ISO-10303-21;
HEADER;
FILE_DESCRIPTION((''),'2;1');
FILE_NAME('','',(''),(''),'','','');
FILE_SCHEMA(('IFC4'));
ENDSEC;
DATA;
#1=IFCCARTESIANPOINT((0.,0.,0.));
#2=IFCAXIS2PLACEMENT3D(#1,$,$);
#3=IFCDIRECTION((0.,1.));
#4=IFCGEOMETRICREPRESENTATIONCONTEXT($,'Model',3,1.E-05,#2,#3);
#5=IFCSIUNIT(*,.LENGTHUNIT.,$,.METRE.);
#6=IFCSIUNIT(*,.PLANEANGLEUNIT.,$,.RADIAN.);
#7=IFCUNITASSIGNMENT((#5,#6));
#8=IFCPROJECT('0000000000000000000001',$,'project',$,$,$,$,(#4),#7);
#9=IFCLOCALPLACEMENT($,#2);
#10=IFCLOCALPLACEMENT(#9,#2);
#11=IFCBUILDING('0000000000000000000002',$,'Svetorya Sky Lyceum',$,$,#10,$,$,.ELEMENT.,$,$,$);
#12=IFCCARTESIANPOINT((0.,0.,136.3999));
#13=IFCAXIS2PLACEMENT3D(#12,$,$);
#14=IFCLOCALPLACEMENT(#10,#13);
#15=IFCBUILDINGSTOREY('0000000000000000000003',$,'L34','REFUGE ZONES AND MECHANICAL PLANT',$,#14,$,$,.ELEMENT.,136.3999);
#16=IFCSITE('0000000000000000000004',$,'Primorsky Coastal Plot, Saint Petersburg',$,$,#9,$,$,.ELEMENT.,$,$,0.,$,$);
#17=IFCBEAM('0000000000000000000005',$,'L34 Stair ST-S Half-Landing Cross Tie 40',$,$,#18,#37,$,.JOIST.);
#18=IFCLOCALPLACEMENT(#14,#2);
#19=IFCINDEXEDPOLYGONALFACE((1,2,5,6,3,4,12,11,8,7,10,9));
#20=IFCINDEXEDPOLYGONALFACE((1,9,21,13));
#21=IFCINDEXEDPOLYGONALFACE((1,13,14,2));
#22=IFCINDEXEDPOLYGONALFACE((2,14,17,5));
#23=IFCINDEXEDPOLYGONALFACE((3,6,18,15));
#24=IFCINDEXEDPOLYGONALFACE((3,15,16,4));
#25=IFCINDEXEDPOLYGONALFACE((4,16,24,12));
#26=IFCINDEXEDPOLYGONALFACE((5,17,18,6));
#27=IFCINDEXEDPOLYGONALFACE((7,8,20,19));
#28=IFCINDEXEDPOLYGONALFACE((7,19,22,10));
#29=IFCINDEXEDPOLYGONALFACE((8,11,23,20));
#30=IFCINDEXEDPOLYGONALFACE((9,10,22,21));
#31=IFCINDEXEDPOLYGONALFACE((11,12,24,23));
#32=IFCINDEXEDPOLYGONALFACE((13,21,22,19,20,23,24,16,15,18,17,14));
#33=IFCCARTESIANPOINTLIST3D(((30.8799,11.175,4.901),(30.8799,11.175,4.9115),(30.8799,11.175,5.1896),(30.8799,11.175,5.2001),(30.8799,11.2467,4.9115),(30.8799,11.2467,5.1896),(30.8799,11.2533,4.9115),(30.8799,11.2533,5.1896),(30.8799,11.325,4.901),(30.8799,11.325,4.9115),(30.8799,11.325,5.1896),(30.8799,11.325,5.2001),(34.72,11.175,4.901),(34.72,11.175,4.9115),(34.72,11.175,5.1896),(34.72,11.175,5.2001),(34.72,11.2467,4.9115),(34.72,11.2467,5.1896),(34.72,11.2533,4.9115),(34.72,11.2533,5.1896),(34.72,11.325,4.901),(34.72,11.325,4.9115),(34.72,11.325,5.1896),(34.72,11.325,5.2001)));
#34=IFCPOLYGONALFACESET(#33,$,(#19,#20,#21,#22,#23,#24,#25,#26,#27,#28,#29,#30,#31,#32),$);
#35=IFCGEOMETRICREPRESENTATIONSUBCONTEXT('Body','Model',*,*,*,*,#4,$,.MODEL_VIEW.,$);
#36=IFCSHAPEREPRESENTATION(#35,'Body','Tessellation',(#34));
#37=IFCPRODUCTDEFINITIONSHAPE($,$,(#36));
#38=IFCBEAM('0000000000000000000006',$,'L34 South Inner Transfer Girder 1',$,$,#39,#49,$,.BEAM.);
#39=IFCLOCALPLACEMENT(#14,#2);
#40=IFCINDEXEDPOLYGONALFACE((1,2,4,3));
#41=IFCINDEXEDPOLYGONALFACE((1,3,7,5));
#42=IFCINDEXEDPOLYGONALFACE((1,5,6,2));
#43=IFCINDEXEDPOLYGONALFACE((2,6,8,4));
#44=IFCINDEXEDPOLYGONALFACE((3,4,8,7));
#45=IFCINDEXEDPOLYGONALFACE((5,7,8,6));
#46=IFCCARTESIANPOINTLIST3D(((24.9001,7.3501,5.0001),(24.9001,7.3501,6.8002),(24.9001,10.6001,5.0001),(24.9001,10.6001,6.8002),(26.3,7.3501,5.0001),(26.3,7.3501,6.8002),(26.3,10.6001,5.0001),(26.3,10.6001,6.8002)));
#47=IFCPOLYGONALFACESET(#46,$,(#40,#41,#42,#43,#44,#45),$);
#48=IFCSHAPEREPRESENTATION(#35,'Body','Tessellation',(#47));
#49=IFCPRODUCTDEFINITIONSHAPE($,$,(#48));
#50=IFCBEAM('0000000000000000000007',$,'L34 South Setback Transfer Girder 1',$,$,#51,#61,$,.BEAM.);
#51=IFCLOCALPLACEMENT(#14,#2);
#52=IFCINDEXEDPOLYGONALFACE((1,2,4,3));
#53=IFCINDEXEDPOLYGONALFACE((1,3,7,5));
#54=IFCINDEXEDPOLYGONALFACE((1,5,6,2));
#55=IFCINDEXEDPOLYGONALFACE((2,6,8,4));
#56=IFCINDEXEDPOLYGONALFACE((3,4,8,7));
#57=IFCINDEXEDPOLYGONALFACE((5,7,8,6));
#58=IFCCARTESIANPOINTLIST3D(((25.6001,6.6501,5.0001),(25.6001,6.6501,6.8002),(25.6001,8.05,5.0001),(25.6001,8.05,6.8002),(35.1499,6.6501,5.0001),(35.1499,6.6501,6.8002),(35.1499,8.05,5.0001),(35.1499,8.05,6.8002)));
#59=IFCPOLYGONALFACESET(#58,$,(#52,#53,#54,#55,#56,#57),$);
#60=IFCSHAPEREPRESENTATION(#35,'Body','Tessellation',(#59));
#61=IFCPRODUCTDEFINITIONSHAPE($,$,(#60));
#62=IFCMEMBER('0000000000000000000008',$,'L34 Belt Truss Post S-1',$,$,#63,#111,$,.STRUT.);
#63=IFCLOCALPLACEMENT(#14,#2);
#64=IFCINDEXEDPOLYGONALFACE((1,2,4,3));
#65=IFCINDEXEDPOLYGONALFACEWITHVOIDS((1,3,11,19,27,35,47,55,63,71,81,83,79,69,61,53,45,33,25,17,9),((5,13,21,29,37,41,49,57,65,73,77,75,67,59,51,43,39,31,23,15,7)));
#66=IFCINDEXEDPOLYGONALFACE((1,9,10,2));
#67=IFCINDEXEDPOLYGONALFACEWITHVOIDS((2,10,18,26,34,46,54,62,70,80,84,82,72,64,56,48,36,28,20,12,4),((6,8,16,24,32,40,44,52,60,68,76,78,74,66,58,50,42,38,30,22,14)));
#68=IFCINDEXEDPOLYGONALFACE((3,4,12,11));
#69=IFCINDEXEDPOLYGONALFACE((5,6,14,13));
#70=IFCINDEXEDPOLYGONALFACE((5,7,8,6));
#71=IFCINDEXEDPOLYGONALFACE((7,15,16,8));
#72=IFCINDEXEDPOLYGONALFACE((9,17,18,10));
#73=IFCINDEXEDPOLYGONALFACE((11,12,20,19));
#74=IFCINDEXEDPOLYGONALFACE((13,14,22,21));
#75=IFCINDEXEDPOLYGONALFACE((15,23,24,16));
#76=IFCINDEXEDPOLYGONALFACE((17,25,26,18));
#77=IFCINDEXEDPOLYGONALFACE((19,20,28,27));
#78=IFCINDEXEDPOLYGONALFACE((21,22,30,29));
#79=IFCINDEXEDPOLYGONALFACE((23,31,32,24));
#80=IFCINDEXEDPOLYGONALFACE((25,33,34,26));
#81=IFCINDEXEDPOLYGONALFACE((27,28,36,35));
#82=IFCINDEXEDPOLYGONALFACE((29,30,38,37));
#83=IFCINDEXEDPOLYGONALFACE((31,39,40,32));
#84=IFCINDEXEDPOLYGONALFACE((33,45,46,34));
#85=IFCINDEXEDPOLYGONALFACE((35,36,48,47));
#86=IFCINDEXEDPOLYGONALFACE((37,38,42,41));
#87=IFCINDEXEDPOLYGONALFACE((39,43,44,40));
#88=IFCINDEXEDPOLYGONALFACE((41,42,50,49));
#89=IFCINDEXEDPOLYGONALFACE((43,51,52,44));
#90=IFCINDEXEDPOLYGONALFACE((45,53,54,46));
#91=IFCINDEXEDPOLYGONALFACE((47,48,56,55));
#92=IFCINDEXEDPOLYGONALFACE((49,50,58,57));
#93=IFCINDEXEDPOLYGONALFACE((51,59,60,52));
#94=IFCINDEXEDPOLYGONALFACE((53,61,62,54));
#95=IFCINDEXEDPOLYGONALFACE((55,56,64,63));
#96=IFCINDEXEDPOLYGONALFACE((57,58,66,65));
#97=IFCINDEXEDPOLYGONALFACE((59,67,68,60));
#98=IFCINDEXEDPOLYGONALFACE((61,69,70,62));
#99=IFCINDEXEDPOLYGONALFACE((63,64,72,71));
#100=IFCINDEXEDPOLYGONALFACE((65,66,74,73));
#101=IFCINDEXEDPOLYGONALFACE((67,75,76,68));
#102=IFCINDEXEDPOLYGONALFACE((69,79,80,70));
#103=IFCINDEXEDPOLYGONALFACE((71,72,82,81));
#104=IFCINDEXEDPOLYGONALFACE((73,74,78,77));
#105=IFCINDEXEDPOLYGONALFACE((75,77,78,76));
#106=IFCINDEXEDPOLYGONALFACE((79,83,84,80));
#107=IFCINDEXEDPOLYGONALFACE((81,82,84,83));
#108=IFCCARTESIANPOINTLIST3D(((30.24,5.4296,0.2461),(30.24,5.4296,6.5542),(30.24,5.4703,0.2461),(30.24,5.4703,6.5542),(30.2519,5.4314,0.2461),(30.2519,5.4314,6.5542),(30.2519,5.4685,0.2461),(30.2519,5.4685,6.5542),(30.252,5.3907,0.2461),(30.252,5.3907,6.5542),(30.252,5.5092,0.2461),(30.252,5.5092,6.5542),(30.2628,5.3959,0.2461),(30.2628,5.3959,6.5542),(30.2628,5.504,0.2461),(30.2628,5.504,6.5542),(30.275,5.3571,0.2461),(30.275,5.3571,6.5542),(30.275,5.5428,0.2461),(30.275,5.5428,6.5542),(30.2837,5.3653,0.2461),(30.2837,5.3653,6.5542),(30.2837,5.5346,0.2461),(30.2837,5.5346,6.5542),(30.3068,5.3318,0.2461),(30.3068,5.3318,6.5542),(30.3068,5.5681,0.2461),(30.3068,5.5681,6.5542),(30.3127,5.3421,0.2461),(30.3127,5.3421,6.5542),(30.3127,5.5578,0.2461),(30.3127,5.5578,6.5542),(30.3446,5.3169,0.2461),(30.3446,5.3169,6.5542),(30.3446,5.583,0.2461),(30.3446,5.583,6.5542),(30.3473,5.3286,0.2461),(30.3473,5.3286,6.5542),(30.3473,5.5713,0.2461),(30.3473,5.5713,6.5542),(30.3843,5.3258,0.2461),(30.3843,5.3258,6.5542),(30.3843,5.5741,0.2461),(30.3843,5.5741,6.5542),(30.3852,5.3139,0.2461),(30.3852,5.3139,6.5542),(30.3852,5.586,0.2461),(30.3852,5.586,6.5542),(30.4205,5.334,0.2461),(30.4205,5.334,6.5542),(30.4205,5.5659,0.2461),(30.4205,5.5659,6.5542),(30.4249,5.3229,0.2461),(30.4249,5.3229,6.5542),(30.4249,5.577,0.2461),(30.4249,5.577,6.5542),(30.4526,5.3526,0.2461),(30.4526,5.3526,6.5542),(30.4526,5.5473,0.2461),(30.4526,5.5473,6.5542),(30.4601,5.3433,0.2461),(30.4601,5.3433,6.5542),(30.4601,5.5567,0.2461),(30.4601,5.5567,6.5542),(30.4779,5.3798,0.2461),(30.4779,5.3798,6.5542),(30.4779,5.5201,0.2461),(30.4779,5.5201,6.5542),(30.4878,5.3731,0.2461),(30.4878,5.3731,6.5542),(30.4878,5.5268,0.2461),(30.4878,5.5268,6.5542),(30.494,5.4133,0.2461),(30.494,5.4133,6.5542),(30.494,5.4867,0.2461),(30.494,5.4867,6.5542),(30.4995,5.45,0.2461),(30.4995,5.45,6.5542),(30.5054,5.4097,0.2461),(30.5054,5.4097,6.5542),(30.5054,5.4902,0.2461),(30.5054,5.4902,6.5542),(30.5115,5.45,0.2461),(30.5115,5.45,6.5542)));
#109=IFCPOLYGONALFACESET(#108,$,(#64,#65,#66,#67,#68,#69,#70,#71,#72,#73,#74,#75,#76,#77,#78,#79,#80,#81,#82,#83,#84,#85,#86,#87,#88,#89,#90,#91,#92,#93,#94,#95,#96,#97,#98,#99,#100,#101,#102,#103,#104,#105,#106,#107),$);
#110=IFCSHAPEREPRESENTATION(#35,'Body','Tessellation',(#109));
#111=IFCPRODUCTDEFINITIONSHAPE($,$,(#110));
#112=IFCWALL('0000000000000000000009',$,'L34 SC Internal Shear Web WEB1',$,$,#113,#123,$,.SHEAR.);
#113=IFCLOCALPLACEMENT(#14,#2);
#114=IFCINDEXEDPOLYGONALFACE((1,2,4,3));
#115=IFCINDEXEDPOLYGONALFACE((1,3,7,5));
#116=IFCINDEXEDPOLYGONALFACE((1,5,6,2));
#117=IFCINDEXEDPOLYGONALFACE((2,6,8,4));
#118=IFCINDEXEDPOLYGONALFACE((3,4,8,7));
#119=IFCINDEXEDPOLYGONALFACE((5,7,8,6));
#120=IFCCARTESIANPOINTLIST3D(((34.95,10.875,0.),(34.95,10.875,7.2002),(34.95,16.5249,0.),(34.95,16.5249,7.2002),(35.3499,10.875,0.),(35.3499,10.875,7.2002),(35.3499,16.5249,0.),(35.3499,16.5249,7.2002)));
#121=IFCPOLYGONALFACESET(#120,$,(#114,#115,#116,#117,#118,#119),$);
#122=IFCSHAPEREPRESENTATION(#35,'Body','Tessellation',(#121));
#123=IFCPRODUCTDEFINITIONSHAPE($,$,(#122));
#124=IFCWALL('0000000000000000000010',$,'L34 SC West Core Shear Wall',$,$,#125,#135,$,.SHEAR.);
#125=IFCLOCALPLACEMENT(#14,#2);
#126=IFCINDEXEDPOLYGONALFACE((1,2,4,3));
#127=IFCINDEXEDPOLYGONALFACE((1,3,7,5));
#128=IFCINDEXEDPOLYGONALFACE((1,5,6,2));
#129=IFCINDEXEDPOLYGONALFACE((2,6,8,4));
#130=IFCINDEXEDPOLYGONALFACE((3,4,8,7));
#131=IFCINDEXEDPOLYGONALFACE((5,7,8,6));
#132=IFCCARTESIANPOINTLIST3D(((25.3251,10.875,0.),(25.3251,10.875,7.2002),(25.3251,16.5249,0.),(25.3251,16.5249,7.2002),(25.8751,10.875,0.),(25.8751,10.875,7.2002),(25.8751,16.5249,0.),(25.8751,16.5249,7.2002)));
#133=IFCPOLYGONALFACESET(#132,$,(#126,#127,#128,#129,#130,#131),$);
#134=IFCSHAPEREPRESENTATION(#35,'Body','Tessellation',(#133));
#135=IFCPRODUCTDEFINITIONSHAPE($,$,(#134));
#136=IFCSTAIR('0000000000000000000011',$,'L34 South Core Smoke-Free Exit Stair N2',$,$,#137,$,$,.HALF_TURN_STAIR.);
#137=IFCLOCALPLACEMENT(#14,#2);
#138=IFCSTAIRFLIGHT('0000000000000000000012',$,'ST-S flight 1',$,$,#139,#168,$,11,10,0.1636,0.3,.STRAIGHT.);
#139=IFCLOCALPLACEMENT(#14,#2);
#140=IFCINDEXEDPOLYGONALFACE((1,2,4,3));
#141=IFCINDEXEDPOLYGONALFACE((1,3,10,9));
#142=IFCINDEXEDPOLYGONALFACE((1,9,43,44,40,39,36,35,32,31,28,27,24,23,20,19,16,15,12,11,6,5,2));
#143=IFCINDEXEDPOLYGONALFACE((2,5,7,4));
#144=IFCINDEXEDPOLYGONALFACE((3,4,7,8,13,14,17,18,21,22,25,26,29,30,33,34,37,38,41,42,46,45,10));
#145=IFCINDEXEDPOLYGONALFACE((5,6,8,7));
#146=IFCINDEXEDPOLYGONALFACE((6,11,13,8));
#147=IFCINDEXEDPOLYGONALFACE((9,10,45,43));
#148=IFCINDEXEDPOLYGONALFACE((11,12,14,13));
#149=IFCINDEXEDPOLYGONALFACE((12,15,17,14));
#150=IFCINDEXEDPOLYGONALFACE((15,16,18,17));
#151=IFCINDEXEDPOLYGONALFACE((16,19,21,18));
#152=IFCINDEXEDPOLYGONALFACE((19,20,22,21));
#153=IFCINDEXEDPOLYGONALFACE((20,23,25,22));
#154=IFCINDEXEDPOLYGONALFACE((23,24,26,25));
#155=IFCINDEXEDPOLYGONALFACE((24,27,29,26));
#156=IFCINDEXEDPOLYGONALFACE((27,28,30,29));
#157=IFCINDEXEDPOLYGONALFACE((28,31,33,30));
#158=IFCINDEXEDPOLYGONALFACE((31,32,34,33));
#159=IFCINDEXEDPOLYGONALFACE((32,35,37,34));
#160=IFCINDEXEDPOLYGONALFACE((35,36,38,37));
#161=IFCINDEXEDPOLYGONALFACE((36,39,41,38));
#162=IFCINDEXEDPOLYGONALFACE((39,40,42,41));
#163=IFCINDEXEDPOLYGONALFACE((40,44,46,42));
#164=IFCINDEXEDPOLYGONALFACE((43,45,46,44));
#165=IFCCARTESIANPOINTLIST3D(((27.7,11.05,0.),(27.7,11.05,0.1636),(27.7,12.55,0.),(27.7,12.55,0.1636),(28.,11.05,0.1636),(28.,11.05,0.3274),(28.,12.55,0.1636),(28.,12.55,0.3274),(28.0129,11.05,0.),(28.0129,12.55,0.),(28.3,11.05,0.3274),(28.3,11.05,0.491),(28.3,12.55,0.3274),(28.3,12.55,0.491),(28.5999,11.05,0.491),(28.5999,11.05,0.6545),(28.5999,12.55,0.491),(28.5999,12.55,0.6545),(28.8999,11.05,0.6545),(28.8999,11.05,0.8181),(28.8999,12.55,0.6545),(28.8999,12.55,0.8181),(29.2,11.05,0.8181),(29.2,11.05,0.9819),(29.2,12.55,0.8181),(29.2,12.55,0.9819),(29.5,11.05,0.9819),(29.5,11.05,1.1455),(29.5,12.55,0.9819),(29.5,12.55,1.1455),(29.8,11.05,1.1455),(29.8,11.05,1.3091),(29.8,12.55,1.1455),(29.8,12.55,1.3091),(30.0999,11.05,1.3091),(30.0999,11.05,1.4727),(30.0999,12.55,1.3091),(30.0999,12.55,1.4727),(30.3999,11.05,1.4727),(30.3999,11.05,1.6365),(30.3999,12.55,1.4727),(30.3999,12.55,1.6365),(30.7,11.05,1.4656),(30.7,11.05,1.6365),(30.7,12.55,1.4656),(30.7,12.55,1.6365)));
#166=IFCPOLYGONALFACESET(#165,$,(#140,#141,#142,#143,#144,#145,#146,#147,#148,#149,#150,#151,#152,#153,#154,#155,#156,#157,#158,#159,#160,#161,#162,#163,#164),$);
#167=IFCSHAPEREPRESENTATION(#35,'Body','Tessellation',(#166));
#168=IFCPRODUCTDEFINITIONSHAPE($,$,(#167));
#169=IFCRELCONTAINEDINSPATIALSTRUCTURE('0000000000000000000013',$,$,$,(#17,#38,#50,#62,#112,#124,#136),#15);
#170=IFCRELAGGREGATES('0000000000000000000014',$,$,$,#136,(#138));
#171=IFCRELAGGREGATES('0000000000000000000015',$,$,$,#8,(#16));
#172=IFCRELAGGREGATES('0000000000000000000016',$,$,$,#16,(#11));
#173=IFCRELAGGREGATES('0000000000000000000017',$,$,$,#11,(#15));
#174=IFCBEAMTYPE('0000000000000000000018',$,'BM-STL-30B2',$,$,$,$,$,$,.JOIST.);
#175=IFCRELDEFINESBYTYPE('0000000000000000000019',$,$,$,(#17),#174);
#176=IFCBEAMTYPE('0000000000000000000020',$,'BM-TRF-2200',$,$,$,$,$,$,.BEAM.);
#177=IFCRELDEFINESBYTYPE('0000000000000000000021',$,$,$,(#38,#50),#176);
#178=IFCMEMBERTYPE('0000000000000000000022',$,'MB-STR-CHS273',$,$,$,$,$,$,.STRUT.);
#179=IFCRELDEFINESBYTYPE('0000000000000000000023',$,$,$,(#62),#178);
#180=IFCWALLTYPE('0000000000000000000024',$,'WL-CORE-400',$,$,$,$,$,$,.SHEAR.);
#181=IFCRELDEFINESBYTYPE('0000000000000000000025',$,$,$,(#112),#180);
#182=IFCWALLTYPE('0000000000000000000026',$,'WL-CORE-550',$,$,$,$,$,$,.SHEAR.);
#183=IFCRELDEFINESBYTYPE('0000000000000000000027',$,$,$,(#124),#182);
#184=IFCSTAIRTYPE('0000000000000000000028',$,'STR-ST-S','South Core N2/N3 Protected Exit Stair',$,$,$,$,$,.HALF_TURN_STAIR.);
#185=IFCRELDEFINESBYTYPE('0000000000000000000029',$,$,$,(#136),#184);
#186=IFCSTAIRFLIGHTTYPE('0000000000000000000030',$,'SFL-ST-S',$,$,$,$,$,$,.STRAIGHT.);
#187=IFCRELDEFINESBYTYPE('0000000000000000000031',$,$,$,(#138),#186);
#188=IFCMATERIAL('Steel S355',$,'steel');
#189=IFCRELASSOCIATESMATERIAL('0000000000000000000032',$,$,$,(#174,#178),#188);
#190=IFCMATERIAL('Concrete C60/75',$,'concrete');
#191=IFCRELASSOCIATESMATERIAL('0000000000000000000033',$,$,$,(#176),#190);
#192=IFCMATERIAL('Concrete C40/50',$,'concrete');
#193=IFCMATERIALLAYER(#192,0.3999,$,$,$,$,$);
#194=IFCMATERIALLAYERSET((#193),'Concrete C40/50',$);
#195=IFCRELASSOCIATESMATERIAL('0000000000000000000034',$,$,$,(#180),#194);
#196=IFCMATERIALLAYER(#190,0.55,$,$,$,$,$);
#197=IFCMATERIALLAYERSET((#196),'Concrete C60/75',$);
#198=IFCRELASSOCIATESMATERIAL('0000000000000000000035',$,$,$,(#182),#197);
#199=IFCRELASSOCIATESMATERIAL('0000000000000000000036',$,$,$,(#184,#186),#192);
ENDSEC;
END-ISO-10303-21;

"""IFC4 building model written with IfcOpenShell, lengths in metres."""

from ifc_helpers import new_model, si_unit, direction, frame, frame_2d, origin, origin_2d, place, context, subcontext, project, spatial, polyline, rectangle, hollow_circle, i_section, outline, extrude, material, layer, layer_set, material_profile, profile_set, type_object, element, aggregate, save


model = new_model("IFC4")

# Units and contexts
model_context = context("Model", 3, precision=1e-05, world=origin(), true_north=direction((0.0, 1.0)))
body_context = subcontext(model_context, "Body", "Model", "MODEL_VIEW")
ifc_project = project(units=[si_unit("LENGTHUNIT", "METRE"), si_unit("PLANEANGLEUNIT", "RADIAN")], contexts=[model_context])

# Site, building, storey
site_placement = place(None, origin())
site = spatial("IfcSite", under=ifc_project, at=site_placement, Name="Primorsky Coastal Plot, Saint Petersburg", CompositionType="ELEMENT", RefElevation=0.0)
building_placement = place(site_placement, origin())
building = spatial("IfcBuilding", under=site, at=building_placement, Name="Svetorya Sky Lyceum", CompositionType="ELEMENT")
storey_placement = place(building_placement, frame((0.0, 0.0, 136.3999)))
storey = spatial("IfcBuildingStorey", under=building, at=storey_placement, Name="L34", Description="REFUGE ZONES AND MECHANICAL PLANT", CompositionType="ELEMENT", Elevation=136.3999)

# Beams
ifc_material_1 = material(Name="Steel S355", Category="steel")
ifc_material_profile_1 = material_profile(ifc_material_1, i_section(OverallWidth=0.1499, OverallDepth=0.2991, WebThickness=0.0066, FlangeThickness=0.0105, at=origin_2d()), Name="GOST 30B2")
ifc_profile_set_1 = profile_set([ifc_material_profile_1], Name="Steel S355")
beam_type_1 = type_object("IfcBeamType", Name="BM-STL-30B2", PredefinedType="JOIST", material=ifc_profile_set_1)
beam_1_placement = place(storey_placement, frame((30.8799, 11.25, 5.0505), z_axis=(1.0, 0.0, 0.0), x_axis=(0.0, 1.0, 0.0)))
element("IfcBeam", 1, at=beam_1_placement, inside=storey, type_object=beam_type_1, Name="L34 Stair ST-S Half-Landing Cross Tie 40", PredefinedType="JOIST", context=body_context, shape_type="SweptSolid", body=[
    extrude(i_section(OverallWidth=0.1499, OverallDepth=0.2991, WebThickness=0.0066, FlangeThickness=0.0105, at=origin_2d()), origin(), (0.0, 0.0, 1.0), 3.8401),
])
ifc_material_2 = material(Name="Concrete C60/75", Category="concrete")
ifc_material_profile_2 = material_profile(ifc_material_2, rectangle(XDim=1.3999, YDim=1.8, at=origin_2d()), Name="RC TRANSFER 1400x1800")
ifc_profile_set_2 = profile_set([ifc_material_profile_2], Name="Concrete C60/75")
beam_type_2 = type_object("IfcBeamType", Name="BM-TRF-2200", PredefinedType="BEAM", material=ifc_profile_set_2)
beam_2_placement = place(storey_placement, frame((25.6001, 7.3501, 5.9001), z_axis=(0.0, 1.0, 0.0), x_axis=(-1.0, 0.0, 0.0)))
element("IfcBeam", 2, at=beam_2_placement, inside=storey, type_object=beam_type_2, Name="L34 South Inner Transfer Girder 1", PredefinedType="BEAM", context=body_context, shape_type="SweptSolid", body=[
    extrude(rectangle(XDim=1.3999, YDim=1.8, at=origin_2d()), origin(), (0.0, 0.0, 1.0), 3.25),
])
beam_3_placement = place(storey_placement, frame((25.6001, 7.3501, 5.9001), z_axis=(1.0, 0.0, 0.0), x_axis=(0.0, 1.0, 0.0)))
element("IfcBeam", 3, at=beam_3_placement, inside=storey, type_object=beam_type_2, Name="L34 South Setback Transfer Girder 1", PredefinedType="BEAM", context=body_context, shape_type="SweptSolid", body=[
    extrude(rectangle(XDim=1.3999, YDim=1.8, at=origin_2d()), origin(), (0.0, 0.0, 1.0), 9.5498),
])

# Member
ifc_material_profile_3 = material_profile(ifc_material_1, hollow_circle(Radius=0.1365, WallThickness=0.012, at=origin_2d()), Name="CHS 273x12")
ifc_profile_set_3 = profile_set([ifc_material_profile_3], Name="Steel S355")
member_type = type_object("IfcMemberType", Name="MB-STR-CHS273", PredefinedType="STRUT", material=ifc_profile_set_3)
member_placement = place(storey_placement, frame((30.375, 5.45, 0.2461), z_axis=(0.0, 0.0, 1.0), x_axis=(1.0, 0.0, 0.0)))
element("IfcMember", 4, at=member_placement, inside=storey, type_object=member_type, Name="L34 Belt Truss Post S-1", PredefinedType="STRUT", context=body_context, shape_type="SweptSolid", body=[
    extrude(hollow_circle(Radius=0.1365, WallThickness=0.012, at=origin_2d()), origin(), (0.0, 0.0, 1.0), 6.3081),
])

# Walls
ifc_material_3 = material(Name="Concrete C40/50", Category="concrete")
ifc_layer_1 = layer(ifc_material_3, 0.3999)
ifc_layer_set_1 = layer_set([ifc_layer_1], Name="Concrete C40/50")
wall_type_1 = type_object("IfcWallType", Name="WL-CORE-400", PredefinedType="SHEAR", material=ifc_layer_set_1)
wall_1_placement = place(storey_placement, frame((35.1499, 10.875, 0.0), z_axis=(0.0, 0.0, 1.0), x_axis=(0.0, 1.0, 0.0)))
element("IfcWall", 5, at=wall_1_placement, inside=storey, type_object=wall_type_1, Name="L34 SC Internal Shear Web WEB1", PredefinedType="SHEAR", context=body_context, shape_type="SweptSolid", body=[
    extrude(rectangle(XDim=5.6499, YDim=0.3999, at=frame_2d((2.825, 0.0))), origin(), (0.0, 0.0, 1.0), 7.2002),
])
ifc_layer_2 = layer(ifc_material_2, 0.55)
ifc_layer_set_2 = layer_set([ifc_layer_2], Name="Concrete C60/75")
wall_type_2 = type_object("IfcWallType", Name="WL-CORE-550", PredefinedType="SHEAR", material=ifc_layer_set_2)
wall_2_placement = place(storey_placement, frame((25.6001, 10.875, 0.0), z_axis=(0.0, 0.0, 1.0), x_axis=(0.0, 1.0, 0.0)))
element("IfcWall", 6, at=wall_2_placement, inside=storey, type_object=wall_type_2, Name="L34 SC West Core Shear Wall", PredefinedType="SHEAR", context=body_context, shape_type="SweptSolid", body=[
    extrude(rectangle(XDim=5.6499, YDim=0.55, at=frame_2d((2.825, 0.0))), origin(), (0.0, 0.0, 1.0), 7.2002),
])

# Stair, stair flight
stair_type = type_object("IfcStairType", Name="STR-ST-S", Description="South Core N2/N3 Protected Exit Stair", PredefinedType="HALF_TURN_STAIR", material=ifc_material_3)
stair_placement = place(storey_placement, origin())
stair = element("IfcStair", 7, at=stair_placement, inside=storey, type_object=stair_type, Name="L34 South Core Smoke-Free Exit Stair N2", PredefinedType="HALF_TURN_STAIR")
stair_flight_type = type_object("IfcStairFlightType", Name="SFL-ST-S", PredefinedType="STRAIGHT", material=ifc_material_3)
stair_flight_1_placement = place(storey_placement, frame((27.7, 11.8, 0.0), z_axis=(0.0, 0.0, 1.0), x_axis=(1.0, 0.0, 0.0)))
stair_flight_1 = element("IfcStairFlight", 8, at=stair_flight_1_placement, type_object=stair_flight_type, Name="ST-S flight 1", NumberOfRisers=11, NumberOfTreads=10, PredefinedType="STRAIGHT", RiserHeight=0.1636, TreadLength=0.3, context=body_context, shape_type="SweptSolid", body=[
    extrude(outline(polyline([(0.0, 0.0), (0.0, 0.1636), (0.3, 0.1636), (0.3, 0.3274), (0.6001, 0.3274), (0.6001, 0.491), (0.8999, 0.491), (0.8999, 0.6545), (1.2, 0.6545), (1.2, 0.8181), (1.5, 0.8181), (1.5, 0.9819), (1.8, 0.9819), (1.8, 1.1455), (2.1001, 1.1455), (2.1001, 1.3091), (2.3999, 1.3091), (2.3999, 1.4727), (2.7, 1.4727), (2.7, 1.6365), (3.0, 1.6365), (3.0, 1.8), (3.0, 1.4656), (0.313, 0.0), (0.0, 0.0)])), frame((0.0, 0.75, 0.0), z_axis=(0.0, -1.0, 0.0), x_axis=(1.0, 0.0, 0.0)), (0.0, 0.0, 1.0), 1.5),
])
aggregate(stair, [stair_flight_1])

save(model, "model.ifc")
